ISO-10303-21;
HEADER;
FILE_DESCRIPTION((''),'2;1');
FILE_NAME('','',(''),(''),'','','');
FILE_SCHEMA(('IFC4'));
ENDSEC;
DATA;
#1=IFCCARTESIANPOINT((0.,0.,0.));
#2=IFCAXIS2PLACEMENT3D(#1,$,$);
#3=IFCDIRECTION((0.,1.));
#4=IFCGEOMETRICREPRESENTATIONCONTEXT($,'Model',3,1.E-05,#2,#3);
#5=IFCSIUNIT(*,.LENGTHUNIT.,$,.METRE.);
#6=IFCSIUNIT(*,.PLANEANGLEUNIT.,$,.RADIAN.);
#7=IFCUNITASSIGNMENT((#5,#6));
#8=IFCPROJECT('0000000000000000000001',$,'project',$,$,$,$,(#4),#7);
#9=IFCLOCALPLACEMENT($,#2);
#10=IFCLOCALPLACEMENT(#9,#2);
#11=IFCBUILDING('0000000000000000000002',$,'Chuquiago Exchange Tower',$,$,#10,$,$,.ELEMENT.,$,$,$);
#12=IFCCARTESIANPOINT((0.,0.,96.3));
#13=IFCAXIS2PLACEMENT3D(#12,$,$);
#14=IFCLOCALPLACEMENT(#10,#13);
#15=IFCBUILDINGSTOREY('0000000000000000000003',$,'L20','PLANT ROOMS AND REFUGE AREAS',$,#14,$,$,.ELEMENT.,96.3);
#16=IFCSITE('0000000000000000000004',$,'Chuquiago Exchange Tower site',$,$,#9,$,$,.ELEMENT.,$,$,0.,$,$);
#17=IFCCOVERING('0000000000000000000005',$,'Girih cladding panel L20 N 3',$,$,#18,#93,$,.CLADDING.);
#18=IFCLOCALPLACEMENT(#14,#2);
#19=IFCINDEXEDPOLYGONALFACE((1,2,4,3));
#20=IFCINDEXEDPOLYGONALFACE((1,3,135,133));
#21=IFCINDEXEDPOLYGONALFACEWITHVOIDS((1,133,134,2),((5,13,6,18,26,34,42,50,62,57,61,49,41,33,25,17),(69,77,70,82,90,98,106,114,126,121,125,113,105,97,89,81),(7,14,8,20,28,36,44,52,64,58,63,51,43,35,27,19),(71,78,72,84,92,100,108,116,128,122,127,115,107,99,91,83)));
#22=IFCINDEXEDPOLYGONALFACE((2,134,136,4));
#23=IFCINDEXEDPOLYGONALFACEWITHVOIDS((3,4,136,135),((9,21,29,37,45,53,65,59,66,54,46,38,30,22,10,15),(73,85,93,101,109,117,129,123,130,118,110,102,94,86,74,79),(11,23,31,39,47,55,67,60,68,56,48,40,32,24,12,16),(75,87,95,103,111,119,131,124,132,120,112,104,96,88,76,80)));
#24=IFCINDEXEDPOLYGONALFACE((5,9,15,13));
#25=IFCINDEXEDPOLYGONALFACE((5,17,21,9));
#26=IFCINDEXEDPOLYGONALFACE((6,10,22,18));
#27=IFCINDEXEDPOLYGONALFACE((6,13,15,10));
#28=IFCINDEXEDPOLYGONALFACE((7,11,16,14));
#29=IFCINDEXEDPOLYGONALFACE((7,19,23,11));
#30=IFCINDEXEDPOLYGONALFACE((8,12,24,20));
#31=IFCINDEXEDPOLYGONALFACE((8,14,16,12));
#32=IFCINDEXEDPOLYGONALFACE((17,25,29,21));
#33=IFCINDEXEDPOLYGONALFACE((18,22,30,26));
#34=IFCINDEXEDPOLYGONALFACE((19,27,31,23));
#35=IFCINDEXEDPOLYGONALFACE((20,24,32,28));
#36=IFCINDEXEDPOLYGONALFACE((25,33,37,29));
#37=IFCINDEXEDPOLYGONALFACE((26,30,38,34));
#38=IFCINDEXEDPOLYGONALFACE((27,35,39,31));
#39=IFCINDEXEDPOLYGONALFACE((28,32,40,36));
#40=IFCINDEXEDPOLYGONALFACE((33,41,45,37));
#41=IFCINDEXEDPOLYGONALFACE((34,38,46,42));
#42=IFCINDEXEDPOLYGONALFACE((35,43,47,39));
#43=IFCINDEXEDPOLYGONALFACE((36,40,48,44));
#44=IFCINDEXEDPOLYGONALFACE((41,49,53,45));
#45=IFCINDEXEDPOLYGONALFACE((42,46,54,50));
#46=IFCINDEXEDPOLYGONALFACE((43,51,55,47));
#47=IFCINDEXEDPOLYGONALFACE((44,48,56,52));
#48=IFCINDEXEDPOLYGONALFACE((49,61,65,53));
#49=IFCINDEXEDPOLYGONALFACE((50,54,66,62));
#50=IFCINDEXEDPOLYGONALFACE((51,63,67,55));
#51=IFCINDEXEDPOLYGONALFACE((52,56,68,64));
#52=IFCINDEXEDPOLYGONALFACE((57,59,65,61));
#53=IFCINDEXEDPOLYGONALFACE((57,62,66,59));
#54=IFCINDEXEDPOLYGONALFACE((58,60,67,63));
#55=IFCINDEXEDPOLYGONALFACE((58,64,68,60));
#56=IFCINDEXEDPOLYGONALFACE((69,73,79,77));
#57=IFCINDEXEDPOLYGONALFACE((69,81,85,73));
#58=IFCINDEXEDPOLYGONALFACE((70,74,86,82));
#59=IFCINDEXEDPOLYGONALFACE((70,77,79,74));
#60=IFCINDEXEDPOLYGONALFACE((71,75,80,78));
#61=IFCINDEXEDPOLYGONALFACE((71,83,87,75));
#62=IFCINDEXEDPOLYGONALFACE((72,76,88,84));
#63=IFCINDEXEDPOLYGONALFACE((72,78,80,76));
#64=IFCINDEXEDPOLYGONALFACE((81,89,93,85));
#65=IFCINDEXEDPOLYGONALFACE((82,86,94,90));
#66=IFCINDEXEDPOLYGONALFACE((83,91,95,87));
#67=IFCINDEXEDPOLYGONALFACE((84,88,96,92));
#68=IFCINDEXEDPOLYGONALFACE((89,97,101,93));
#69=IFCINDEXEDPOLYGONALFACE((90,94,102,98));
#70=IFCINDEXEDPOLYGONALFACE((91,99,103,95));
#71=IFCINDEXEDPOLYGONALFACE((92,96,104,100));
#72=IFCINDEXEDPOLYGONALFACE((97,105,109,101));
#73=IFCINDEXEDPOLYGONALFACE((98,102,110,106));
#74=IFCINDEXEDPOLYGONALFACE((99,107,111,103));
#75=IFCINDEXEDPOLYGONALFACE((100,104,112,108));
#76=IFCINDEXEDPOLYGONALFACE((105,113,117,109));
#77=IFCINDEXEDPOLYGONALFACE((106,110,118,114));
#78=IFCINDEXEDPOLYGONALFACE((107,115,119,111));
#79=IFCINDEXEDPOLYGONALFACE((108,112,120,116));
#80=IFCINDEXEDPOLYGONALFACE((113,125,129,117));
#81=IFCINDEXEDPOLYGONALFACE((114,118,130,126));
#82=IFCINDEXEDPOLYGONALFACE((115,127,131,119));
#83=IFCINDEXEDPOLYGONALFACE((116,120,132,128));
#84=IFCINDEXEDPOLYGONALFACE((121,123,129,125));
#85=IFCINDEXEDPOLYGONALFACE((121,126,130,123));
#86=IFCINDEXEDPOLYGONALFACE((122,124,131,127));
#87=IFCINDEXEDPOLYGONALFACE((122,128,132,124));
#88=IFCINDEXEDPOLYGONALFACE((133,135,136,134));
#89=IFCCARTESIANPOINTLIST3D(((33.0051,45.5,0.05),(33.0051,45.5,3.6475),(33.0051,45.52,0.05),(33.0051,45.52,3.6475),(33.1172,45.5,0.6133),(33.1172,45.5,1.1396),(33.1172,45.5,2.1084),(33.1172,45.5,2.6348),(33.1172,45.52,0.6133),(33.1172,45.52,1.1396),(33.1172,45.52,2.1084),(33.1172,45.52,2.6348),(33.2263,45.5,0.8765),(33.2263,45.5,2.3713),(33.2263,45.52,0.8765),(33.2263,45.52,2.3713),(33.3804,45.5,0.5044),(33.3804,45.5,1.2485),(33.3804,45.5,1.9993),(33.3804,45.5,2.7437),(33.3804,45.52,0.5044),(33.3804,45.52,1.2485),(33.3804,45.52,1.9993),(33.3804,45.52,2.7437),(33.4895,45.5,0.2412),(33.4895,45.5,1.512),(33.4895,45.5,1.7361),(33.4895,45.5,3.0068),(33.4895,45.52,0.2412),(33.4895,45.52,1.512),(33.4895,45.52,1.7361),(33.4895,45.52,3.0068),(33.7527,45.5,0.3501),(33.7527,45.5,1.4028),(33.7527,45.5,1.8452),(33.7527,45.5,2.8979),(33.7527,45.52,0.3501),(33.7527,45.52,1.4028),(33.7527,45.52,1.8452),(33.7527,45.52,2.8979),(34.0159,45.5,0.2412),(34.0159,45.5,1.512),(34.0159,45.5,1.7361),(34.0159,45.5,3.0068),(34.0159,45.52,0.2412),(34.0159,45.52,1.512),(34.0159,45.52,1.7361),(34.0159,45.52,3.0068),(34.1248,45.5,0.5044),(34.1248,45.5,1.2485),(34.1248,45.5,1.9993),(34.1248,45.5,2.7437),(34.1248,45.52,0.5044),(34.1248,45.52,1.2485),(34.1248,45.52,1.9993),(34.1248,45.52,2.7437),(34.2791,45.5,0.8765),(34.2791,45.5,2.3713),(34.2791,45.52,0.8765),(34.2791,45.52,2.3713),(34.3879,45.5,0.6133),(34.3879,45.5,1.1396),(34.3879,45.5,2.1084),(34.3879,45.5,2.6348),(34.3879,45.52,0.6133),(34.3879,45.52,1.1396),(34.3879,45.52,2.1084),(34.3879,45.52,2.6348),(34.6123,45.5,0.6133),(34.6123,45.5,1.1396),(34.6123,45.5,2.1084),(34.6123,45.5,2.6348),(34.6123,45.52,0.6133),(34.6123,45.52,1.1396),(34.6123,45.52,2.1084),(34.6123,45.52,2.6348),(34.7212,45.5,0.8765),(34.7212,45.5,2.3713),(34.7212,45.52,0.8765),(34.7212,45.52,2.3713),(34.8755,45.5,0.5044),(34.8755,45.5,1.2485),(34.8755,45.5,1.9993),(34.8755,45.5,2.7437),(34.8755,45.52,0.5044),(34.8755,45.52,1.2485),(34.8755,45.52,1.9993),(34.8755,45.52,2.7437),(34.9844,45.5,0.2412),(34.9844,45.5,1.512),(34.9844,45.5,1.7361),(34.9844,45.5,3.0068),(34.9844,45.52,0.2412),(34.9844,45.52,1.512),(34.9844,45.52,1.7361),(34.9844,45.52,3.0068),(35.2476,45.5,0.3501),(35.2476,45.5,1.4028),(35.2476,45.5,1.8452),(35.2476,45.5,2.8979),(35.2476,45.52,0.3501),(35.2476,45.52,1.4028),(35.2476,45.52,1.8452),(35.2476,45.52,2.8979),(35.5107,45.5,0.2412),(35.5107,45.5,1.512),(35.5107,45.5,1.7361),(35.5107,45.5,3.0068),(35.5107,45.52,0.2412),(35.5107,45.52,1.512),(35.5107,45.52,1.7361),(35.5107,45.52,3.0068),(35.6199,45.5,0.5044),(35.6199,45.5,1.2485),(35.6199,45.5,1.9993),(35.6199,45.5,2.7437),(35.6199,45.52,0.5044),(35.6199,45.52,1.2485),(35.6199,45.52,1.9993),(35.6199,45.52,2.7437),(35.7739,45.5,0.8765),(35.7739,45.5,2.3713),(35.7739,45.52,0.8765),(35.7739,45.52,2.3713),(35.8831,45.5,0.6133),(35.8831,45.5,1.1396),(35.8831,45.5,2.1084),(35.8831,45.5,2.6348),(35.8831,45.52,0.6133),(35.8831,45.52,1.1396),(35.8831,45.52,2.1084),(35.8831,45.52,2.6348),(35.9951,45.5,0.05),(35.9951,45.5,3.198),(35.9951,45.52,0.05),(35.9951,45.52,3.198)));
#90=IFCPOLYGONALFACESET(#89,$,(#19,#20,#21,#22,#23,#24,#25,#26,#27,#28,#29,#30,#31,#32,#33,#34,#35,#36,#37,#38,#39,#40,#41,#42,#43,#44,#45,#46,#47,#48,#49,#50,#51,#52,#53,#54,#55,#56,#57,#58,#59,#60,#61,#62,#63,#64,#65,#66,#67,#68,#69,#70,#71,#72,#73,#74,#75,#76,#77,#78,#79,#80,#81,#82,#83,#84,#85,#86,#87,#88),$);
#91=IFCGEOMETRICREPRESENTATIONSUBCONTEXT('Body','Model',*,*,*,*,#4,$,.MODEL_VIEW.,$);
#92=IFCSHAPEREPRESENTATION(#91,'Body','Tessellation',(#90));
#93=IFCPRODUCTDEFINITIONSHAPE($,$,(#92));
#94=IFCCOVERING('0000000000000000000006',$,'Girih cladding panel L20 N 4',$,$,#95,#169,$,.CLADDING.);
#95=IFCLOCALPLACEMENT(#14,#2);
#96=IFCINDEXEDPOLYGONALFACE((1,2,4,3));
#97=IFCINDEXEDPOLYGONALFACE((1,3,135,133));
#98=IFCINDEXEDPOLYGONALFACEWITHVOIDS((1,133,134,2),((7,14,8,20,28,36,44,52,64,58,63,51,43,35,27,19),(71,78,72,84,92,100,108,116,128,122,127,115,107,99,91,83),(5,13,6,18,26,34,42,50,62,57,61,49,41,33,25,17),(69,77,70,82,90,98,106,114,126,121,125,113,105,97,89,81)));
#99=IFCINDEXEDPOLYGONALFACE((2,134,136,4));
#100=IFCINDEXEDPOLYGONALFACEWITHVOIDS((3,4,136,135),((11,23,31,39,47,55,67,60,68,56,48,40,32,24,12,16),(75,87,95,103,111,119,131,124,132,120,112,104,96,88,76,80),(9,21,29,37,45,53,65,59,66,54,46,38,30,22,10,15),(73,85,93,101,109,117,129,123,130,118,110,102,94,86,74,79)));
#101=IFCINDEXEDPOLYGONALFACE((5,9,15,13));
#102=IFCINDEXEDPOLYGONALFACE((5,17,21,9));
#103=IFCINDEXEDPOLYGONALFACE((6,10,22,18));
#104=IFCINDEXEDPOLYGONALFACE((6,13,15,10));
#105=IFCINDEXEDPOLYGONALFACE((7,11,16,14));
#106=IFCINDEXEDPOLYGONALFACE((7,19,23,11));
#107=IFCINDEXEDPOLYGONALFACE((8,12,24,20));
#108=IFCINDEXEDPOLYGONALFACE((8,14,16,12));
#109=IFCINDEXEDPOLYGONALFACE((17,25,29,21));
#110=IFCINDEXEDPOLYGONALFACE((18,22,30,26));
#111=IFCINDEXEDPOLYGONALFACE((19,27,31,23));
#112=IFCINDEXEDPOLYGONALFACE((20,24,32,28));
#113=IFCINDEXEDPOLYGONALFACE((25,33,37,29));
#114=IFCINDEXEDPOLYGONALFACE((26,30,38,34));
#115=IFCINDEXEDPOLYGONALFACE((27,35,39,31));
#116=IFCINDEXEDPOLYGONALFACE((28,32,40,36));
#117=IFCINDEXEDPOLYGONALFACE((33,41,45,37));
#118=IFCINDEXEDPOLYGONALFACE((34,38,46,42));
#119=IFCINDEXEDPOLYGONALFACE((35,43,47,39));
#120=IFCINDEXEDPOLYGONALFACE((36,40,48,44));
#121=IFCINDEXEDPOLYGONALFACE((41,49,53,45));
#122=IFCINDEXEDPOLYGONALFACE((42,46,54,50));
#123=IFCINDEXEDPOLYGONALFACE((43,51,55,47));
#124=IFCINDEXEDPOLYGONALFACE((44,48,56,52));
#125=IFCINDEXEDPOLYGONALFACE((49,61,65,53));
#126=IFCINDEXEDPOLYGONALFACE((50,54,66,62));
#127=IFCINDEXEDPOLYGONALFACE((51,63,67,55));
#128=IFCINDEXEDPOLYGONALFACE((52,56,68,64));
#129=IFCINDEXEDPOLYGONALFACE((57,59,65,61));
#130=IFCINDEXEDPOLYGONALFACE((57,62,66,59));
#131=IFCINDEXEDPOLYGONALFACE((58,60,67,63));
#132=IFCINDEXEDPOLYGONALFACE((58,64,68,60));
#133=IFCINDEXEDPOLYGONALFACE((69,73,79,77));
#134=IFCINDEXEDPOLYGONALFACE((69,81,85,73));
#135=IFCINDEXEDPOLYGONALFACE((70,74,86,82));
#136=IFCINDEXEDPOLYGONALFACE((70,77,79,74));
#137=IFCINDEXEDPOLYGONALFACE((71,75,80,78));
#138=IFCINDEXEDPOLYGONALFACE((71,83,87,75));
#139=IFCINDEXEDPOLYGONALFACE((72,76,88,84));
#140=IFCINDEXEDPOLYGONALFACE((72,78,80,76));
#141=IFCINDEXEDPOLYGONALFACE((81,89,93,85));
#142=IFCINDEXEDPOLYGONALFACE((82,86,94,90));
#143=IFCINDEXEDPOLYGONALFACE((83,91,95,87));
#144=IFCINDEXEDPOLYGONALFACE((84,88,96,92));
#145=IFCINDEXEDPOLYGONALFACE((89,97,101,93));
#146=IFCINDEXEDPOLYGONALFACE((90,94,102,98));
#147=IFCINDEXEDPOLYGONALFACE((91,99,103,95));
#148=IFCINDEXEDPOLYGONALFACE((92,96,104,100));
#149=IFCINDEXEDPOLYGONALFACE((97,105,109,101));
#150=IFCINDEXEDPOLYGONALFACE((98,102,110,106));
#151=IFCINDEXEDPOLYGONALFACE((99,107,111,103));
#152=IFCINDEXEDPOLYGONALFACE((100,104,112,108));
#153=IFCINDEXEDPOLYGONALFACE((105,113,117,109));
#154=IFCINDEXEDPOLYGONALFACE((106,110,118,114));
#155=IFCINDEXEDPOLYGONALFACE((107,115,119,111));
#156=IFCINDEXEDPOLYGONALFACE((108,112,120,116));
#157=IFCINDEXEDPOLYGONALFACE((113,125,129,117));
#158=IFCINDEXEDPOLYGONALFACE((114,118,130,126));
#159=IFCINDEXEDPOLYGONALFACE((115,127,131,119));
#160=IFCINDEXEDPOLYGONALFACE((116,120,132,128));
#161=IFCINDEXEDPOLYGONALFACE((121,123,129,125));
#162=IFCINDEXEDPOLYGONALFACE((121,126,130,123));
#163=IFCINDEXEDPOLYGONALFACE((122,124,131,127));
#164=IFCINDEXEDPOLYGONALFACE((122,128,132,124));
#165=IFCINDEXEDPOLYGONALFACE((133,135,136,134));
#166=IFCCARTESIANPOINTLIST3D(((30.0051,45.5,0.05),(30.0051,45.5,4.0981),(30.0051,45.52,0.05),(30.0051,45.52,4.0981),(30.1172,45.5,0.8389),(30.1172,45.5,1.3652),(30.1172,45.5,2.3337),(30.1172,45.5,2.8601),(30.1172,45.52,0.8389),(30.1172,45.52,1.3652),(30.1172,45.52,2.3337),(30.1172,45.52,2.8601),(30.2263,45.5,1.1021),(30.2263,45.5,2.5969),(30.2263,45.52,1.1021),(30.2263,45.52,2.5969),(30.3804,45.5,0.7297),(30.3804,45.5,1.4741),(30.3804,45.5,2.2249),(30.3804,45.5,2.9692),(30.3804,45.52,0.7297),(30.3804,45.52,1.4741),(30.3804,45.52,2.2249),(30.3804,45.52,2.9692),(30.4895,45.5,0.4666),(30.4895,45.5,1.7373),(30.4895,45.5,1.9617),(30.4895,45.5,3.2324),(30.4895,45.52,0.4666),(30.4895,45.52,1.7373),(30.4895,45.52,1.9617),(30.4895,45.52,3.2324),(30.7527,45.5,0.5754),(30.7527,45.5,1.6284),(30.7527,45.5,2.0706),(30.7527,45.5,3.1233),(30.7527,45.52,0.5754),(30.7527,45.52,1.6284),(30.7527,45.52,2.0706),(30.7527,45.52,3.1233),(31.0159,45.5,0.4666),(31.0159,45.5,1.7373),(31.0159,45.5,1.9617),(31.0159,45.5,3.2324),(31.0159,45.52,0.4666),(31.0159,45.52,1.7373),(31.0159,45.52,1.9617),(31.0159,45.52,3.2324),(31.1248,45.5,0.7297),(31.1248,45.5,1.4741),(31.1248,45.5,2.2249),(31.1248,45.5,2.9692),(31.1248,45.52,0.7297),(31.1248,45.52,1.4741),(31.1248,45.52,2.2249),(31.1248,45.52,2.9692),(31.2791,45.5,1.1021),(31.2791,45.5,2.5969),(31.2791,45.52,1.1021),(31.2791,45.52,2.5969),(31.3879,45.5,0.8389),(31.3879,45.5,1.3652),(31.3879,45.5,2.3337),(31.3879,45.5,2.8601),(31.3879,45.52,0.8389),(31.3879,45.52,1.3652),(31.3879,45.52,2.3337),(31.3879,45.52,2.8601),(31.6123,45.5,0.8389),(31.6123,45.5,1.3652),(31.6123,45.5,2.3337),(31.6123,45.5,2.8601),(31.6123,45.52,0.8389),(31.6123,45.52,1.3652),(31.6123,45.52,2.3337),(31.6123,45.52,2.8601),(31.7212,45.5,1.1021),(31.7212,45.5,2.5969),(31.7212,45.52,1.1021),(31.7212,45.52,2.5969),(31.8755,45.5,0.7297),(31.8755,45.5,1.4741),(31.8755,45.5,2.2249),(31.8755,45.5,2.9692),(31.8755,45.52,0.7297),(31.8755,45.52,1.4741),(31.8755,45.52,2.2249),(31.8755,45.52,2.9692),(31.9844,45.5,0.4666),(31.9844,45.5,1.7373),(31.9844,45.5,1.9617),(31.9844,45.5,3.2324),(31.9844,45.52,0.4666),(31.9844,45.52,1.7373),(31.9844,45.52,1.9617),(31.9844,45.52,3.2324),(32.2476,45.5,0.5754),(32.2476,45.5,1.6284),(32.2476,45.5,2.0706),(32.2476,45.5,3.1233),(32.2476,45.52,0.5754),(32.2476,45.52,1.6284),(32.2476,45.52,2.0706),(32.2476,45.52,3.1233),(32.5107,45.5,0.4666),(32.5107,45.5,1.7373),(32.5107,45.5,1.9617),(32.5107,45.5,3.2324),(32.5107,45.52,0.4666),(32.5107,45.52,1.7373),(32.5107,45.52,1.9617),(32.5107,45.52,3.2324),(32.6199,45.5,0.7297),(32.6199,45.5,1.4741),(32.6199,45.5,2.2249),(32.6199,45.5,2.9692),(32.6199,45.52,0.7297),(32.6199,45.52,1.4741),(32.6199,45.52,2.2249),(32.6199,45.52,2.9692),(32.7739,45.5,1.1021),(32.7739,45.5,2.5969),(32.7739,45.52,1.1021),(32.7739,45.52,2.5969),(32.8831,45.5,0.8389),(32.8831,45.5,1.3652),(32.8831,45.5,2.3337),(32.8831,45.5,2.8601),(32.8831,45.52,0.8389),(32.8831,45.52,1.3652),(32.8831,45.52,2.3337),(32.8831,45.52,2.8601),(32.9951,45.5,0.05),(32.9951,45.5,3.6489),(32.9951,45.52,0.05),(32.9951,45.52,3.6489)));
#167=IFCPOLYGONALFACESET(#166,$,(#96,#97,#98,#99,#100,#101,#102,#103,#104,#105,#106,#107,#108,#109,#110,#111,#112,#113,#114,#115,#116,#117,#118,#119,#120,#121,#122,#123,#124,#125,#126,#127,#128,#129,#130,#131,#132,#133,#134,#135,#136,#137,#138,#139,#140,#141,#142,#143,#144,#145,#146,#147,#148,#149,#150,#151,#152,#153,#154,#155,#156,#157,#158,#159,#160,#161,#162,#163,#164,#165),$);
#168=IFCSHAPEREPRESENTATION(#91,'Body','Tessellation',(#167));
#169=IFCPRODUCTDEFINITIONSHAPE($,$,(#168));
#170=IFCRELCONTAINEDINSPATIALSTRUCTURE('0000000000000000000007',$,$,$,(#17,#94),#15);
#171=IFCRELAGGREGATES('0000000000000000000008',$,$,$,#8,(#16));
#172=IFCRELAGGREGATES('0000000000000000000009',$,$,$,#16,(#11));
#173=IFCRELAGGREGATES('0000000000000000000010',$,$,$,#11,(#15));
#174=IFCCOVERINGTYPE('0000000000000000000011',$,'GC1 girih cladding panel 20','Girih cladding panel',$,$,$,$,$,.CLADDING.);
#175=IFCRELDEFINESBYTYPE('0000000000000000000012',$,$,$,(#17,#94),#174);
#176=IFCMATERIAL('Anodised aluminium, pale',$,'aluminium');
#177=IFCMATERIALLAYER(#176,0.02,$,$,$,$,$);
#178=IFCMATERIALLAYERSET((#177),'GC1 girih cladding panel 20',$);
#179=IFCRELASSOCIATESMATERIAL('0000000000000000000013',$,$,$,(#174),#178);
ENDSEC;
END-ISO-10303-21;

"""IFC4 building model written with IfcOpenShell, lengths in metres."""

from ifc_helpers import new_model, si_unit, direction, frame, origin, place, context, subcontext, project, spatial, polyline, outline, extrude, material, layer, layer_set, type_object, element, save


model = new_model("IFC4")

# Units and contexts
model_context = context("Model", 3, precision=1e-05, world=origin(), true_north=direction((0.0, 1.0)))
body_context = subcontext(model_context, "Body", "Model", "MODEL_VIEW")
ifc_project = project(units=[si_unit("LENGTHUNIT", "METRE"), si_unit("PLANEANGLEUNIT", "RADIAN")], contexts=[model_context])

# Site, building, storey
site_placement = place(None, origin())
site = spatial("IfcSite", under=ifc_project, at=site_placement, Name="Chuquiago Exchange Tower site", CompositionType="ELEMENT", RefElevation=0.0)
building_placement = place(site_placement, origin())
building = spatial("IfcBuilding", under=site, at=building_placement, Name="Chuquiago Exchange Tower", CompositionType="ELEMENT")
storey_placement = place(building_placement, frame((0.0, 0.0, 96.3)))
storey = spatial("IfcBuildingStorey", under=building, at=storey_placement, Name="L20", Description="PLANT ROOMS AND REFUGE AREAS", CompositionType="ELEMENT", Elevation=96.3)

# Coverings
ifc_material_1 = material(Name="Anodised aluminium, pale", Category="aluminium")
ifc_layer_1 = layer(ifc_material_1, 0.02)
ifc_layer_set_1 = layer_set([ifc_layer_1], Name="GC1 girih cladding panel 20")
covering_type = type_object("IfcCoveringType", Name="GC1 girih cladding panel 20", Description="Girih cladding panel", PredefinedType="CLADDING", material=ifc_layer_set_1)
covering_1_placement = place(storey_placement, frame((35.9951, 45.5, 0.05), z_axis=(0.0, 0.0, 1.0), x_axis=(-1.0, 0.0, 0.0)))
element("IfcCovering", 1, at=covering_1_placement, inside=storey, type_object=covering_type, Name="Girih cladding panel L20 N 3", PredefinedType="CLADDING", context=body_context, shape_type="SweptSolid", body=[
    extrude(outline(polyline([(0.0, 0.0), (2.99, 0.0), (2.99, 3.5974), (0.0, 3.1479), (0.0, 0.0)]), holes=[polyline([(1.2739, 0.8264), (1.3828, 1.0896), (1.1196, 1.1985), (1.0107, 1.4619), (0.7476, 1.3528), (0.4844, 1.4619), (0.3752, 1.1985), (0.1121, 1.0896), (0.2212, 0.8264), (0.1121, 0.5632), (0.3752, 0.4543), (0.4844, 0.1912), (0.7476, 0.3), (1.0107, 0.1912), (1.1196, 0.4543), (1.3828, 0.5632), (1.2739, 0.8264)]), polyline([(2.7688, 0.8264), (2.8779, 1.0896), (2.6147, 1.1985), (2.5056, 1.4619), (2.2424, 1.3528), (1.9792, 1.4619), (1.8704, 1.1985), (1.6072, 1.0896), (1.7161, 0.8264), (1.6072, 0.5632), (1.8704, 0.4543), (1.9792, 0.1912), (2.2424, 0.3), (2.5056, 0.1912), (2.6147, 0.4543), (2.8779, 0.5632), (2.7688, 0.8264)]), polyline([(1.2739, 2.3213), (1.3828, 2.5847), (1.1196, 2.6936), (1.0107, 2.9568), (0.7476, 2.8479), (0.4844, 2.9568), (0.3752, 2.6936), (0.1121, 2.5847), (0.2212, 2.3213), (0.1121, 2.0583), (0.3752, 1.9492), (0.4844, 1.686), (0.7476, 1.7952), (1.0107, 1.686), (1.1196, 1.9492), (1.3828, 2.0583), (1.2739, 2.3213)]), polyline([(2.7688, 2.3213), (2.8779, 2.5847), (2.6147, 2.6936), (2.5056, 2.9568), (2.2424, 2.8479), (1.9792, 2.9568), (1.8704, 2.6936), (1.6072, 2.5847), (1.7161, 2.3213), (1.6072, 2.0583), (1.8704, 1.9492), (1.9792, 1.686), (2.2424, 1.7952), (2.5056, 1.686), (2.6147, 1.9492), (2.8779, 2.0583), (2.7688, 2.3213)])]), frame((0.0, 0.0, 0.0), z_axis=(0.0, -1.0, 0.0), x_axis=(1.0, 0.0, 0.0)), (0.0, 0.0, 1.0), 0.02),
])
covering_2_placement = place(storey_placement, frame((32.9951, 45.5, 0.05), z_axis=(0.0, 0.0, 1.0), x_axis=(-1.0, 0.0, 0.0)))
element("IfcCovering", 2, at=covering_2_placement, inside=storey, type_object=covering_type, Name="Girih cladding panel L20 N 4", PredefinedType="CLADDING", context=body_context, shape_type="SweptSolid", body=[
    extrude(outline(polyline([(0.0, 0.0), (2.99, 0.0), (2.99, 4.0481), (0.0, 3.5989), (0.0, 0.0)]), holes=[polyline([(1.2739, 1.052), (1.3828, 1.3152), (1.1196, 1.4241), (1.0107, 1.6873), (0.7476, 1.5784), (0.4844, 1.6873), (0.3752, 1.4241), (0.1121, 1.3152), (0.2212, 1.052), (0.1121, 0.7888), (0.3752, 0.6797), (0.4844, 0.4165), (0.7476, 0.5254), (1.0107, 0.4165), (1.1196, 0.6797), (1.3828, 0.7888), (1.2739, 1.052)]), polyline([(2.7688, 1.052), (2.8779, 1.3152), (2.6147, 1.4241), (2.5056, 1.6873), (2.2424, 1.5784), (1.9792, 1.6873), (1.8704, 1.4241), (1.6072, 1.3152), (1.7161, 1.052), (1.6072, 0.7888), (1.8704, 0.6797), (1.9792, 0.4165), (2.2424, 0.5254), (2.5056, 0.4165), (2.6147, 0.6797), (2.8779, 0.7888), (2.7688, 1.052)]), polyline([(1.2739, 2.5469), (1.3828, 2.8101), (1.1196, 2.9192), (1.0107, 3.1824), (0.7476, 3.0732), (0.4844, 3.1824), (0.3752, 2.9192), (0.1121, 2.8101), (0.2212, 2.5469), (0.1121, 2.2837), (0.3752, 2.1748), (0.4844, 1.9116), (0.7476, 2.0205), (1.0107, 1.9116), (1.1196, 2.1748), (1.3828, 2.2837), (1.2739, 2.5469)]), polyline([(2.7688, 2.5469), (2.8779, 2.8101), (2.6147, 2.9192), (2.5056, 3.1824), (2.2424, 3.0732), (1.9792, 3.1824), (1.8704, 2.9192), (1.6072, 2.8101), (1.7161, 2.5469), (1.6072, 2.2837), (1.8704, 2.1748), (1.9792, 1.9116), (2.2424, 2.0205), (2.5056, 1.9116), (2.6147, 2.1748), (2.8779, 2.2837), (2.7688, 2.5469)])]), frame((0.0, 0.0, 0.0), z_axis=(0.0, -1.0, 0.0), x_axis=(1.0, 0.0, 0.0)), (0.0, 0.0, 1.0), 0.02),
])

save(model, "model.ifc")
